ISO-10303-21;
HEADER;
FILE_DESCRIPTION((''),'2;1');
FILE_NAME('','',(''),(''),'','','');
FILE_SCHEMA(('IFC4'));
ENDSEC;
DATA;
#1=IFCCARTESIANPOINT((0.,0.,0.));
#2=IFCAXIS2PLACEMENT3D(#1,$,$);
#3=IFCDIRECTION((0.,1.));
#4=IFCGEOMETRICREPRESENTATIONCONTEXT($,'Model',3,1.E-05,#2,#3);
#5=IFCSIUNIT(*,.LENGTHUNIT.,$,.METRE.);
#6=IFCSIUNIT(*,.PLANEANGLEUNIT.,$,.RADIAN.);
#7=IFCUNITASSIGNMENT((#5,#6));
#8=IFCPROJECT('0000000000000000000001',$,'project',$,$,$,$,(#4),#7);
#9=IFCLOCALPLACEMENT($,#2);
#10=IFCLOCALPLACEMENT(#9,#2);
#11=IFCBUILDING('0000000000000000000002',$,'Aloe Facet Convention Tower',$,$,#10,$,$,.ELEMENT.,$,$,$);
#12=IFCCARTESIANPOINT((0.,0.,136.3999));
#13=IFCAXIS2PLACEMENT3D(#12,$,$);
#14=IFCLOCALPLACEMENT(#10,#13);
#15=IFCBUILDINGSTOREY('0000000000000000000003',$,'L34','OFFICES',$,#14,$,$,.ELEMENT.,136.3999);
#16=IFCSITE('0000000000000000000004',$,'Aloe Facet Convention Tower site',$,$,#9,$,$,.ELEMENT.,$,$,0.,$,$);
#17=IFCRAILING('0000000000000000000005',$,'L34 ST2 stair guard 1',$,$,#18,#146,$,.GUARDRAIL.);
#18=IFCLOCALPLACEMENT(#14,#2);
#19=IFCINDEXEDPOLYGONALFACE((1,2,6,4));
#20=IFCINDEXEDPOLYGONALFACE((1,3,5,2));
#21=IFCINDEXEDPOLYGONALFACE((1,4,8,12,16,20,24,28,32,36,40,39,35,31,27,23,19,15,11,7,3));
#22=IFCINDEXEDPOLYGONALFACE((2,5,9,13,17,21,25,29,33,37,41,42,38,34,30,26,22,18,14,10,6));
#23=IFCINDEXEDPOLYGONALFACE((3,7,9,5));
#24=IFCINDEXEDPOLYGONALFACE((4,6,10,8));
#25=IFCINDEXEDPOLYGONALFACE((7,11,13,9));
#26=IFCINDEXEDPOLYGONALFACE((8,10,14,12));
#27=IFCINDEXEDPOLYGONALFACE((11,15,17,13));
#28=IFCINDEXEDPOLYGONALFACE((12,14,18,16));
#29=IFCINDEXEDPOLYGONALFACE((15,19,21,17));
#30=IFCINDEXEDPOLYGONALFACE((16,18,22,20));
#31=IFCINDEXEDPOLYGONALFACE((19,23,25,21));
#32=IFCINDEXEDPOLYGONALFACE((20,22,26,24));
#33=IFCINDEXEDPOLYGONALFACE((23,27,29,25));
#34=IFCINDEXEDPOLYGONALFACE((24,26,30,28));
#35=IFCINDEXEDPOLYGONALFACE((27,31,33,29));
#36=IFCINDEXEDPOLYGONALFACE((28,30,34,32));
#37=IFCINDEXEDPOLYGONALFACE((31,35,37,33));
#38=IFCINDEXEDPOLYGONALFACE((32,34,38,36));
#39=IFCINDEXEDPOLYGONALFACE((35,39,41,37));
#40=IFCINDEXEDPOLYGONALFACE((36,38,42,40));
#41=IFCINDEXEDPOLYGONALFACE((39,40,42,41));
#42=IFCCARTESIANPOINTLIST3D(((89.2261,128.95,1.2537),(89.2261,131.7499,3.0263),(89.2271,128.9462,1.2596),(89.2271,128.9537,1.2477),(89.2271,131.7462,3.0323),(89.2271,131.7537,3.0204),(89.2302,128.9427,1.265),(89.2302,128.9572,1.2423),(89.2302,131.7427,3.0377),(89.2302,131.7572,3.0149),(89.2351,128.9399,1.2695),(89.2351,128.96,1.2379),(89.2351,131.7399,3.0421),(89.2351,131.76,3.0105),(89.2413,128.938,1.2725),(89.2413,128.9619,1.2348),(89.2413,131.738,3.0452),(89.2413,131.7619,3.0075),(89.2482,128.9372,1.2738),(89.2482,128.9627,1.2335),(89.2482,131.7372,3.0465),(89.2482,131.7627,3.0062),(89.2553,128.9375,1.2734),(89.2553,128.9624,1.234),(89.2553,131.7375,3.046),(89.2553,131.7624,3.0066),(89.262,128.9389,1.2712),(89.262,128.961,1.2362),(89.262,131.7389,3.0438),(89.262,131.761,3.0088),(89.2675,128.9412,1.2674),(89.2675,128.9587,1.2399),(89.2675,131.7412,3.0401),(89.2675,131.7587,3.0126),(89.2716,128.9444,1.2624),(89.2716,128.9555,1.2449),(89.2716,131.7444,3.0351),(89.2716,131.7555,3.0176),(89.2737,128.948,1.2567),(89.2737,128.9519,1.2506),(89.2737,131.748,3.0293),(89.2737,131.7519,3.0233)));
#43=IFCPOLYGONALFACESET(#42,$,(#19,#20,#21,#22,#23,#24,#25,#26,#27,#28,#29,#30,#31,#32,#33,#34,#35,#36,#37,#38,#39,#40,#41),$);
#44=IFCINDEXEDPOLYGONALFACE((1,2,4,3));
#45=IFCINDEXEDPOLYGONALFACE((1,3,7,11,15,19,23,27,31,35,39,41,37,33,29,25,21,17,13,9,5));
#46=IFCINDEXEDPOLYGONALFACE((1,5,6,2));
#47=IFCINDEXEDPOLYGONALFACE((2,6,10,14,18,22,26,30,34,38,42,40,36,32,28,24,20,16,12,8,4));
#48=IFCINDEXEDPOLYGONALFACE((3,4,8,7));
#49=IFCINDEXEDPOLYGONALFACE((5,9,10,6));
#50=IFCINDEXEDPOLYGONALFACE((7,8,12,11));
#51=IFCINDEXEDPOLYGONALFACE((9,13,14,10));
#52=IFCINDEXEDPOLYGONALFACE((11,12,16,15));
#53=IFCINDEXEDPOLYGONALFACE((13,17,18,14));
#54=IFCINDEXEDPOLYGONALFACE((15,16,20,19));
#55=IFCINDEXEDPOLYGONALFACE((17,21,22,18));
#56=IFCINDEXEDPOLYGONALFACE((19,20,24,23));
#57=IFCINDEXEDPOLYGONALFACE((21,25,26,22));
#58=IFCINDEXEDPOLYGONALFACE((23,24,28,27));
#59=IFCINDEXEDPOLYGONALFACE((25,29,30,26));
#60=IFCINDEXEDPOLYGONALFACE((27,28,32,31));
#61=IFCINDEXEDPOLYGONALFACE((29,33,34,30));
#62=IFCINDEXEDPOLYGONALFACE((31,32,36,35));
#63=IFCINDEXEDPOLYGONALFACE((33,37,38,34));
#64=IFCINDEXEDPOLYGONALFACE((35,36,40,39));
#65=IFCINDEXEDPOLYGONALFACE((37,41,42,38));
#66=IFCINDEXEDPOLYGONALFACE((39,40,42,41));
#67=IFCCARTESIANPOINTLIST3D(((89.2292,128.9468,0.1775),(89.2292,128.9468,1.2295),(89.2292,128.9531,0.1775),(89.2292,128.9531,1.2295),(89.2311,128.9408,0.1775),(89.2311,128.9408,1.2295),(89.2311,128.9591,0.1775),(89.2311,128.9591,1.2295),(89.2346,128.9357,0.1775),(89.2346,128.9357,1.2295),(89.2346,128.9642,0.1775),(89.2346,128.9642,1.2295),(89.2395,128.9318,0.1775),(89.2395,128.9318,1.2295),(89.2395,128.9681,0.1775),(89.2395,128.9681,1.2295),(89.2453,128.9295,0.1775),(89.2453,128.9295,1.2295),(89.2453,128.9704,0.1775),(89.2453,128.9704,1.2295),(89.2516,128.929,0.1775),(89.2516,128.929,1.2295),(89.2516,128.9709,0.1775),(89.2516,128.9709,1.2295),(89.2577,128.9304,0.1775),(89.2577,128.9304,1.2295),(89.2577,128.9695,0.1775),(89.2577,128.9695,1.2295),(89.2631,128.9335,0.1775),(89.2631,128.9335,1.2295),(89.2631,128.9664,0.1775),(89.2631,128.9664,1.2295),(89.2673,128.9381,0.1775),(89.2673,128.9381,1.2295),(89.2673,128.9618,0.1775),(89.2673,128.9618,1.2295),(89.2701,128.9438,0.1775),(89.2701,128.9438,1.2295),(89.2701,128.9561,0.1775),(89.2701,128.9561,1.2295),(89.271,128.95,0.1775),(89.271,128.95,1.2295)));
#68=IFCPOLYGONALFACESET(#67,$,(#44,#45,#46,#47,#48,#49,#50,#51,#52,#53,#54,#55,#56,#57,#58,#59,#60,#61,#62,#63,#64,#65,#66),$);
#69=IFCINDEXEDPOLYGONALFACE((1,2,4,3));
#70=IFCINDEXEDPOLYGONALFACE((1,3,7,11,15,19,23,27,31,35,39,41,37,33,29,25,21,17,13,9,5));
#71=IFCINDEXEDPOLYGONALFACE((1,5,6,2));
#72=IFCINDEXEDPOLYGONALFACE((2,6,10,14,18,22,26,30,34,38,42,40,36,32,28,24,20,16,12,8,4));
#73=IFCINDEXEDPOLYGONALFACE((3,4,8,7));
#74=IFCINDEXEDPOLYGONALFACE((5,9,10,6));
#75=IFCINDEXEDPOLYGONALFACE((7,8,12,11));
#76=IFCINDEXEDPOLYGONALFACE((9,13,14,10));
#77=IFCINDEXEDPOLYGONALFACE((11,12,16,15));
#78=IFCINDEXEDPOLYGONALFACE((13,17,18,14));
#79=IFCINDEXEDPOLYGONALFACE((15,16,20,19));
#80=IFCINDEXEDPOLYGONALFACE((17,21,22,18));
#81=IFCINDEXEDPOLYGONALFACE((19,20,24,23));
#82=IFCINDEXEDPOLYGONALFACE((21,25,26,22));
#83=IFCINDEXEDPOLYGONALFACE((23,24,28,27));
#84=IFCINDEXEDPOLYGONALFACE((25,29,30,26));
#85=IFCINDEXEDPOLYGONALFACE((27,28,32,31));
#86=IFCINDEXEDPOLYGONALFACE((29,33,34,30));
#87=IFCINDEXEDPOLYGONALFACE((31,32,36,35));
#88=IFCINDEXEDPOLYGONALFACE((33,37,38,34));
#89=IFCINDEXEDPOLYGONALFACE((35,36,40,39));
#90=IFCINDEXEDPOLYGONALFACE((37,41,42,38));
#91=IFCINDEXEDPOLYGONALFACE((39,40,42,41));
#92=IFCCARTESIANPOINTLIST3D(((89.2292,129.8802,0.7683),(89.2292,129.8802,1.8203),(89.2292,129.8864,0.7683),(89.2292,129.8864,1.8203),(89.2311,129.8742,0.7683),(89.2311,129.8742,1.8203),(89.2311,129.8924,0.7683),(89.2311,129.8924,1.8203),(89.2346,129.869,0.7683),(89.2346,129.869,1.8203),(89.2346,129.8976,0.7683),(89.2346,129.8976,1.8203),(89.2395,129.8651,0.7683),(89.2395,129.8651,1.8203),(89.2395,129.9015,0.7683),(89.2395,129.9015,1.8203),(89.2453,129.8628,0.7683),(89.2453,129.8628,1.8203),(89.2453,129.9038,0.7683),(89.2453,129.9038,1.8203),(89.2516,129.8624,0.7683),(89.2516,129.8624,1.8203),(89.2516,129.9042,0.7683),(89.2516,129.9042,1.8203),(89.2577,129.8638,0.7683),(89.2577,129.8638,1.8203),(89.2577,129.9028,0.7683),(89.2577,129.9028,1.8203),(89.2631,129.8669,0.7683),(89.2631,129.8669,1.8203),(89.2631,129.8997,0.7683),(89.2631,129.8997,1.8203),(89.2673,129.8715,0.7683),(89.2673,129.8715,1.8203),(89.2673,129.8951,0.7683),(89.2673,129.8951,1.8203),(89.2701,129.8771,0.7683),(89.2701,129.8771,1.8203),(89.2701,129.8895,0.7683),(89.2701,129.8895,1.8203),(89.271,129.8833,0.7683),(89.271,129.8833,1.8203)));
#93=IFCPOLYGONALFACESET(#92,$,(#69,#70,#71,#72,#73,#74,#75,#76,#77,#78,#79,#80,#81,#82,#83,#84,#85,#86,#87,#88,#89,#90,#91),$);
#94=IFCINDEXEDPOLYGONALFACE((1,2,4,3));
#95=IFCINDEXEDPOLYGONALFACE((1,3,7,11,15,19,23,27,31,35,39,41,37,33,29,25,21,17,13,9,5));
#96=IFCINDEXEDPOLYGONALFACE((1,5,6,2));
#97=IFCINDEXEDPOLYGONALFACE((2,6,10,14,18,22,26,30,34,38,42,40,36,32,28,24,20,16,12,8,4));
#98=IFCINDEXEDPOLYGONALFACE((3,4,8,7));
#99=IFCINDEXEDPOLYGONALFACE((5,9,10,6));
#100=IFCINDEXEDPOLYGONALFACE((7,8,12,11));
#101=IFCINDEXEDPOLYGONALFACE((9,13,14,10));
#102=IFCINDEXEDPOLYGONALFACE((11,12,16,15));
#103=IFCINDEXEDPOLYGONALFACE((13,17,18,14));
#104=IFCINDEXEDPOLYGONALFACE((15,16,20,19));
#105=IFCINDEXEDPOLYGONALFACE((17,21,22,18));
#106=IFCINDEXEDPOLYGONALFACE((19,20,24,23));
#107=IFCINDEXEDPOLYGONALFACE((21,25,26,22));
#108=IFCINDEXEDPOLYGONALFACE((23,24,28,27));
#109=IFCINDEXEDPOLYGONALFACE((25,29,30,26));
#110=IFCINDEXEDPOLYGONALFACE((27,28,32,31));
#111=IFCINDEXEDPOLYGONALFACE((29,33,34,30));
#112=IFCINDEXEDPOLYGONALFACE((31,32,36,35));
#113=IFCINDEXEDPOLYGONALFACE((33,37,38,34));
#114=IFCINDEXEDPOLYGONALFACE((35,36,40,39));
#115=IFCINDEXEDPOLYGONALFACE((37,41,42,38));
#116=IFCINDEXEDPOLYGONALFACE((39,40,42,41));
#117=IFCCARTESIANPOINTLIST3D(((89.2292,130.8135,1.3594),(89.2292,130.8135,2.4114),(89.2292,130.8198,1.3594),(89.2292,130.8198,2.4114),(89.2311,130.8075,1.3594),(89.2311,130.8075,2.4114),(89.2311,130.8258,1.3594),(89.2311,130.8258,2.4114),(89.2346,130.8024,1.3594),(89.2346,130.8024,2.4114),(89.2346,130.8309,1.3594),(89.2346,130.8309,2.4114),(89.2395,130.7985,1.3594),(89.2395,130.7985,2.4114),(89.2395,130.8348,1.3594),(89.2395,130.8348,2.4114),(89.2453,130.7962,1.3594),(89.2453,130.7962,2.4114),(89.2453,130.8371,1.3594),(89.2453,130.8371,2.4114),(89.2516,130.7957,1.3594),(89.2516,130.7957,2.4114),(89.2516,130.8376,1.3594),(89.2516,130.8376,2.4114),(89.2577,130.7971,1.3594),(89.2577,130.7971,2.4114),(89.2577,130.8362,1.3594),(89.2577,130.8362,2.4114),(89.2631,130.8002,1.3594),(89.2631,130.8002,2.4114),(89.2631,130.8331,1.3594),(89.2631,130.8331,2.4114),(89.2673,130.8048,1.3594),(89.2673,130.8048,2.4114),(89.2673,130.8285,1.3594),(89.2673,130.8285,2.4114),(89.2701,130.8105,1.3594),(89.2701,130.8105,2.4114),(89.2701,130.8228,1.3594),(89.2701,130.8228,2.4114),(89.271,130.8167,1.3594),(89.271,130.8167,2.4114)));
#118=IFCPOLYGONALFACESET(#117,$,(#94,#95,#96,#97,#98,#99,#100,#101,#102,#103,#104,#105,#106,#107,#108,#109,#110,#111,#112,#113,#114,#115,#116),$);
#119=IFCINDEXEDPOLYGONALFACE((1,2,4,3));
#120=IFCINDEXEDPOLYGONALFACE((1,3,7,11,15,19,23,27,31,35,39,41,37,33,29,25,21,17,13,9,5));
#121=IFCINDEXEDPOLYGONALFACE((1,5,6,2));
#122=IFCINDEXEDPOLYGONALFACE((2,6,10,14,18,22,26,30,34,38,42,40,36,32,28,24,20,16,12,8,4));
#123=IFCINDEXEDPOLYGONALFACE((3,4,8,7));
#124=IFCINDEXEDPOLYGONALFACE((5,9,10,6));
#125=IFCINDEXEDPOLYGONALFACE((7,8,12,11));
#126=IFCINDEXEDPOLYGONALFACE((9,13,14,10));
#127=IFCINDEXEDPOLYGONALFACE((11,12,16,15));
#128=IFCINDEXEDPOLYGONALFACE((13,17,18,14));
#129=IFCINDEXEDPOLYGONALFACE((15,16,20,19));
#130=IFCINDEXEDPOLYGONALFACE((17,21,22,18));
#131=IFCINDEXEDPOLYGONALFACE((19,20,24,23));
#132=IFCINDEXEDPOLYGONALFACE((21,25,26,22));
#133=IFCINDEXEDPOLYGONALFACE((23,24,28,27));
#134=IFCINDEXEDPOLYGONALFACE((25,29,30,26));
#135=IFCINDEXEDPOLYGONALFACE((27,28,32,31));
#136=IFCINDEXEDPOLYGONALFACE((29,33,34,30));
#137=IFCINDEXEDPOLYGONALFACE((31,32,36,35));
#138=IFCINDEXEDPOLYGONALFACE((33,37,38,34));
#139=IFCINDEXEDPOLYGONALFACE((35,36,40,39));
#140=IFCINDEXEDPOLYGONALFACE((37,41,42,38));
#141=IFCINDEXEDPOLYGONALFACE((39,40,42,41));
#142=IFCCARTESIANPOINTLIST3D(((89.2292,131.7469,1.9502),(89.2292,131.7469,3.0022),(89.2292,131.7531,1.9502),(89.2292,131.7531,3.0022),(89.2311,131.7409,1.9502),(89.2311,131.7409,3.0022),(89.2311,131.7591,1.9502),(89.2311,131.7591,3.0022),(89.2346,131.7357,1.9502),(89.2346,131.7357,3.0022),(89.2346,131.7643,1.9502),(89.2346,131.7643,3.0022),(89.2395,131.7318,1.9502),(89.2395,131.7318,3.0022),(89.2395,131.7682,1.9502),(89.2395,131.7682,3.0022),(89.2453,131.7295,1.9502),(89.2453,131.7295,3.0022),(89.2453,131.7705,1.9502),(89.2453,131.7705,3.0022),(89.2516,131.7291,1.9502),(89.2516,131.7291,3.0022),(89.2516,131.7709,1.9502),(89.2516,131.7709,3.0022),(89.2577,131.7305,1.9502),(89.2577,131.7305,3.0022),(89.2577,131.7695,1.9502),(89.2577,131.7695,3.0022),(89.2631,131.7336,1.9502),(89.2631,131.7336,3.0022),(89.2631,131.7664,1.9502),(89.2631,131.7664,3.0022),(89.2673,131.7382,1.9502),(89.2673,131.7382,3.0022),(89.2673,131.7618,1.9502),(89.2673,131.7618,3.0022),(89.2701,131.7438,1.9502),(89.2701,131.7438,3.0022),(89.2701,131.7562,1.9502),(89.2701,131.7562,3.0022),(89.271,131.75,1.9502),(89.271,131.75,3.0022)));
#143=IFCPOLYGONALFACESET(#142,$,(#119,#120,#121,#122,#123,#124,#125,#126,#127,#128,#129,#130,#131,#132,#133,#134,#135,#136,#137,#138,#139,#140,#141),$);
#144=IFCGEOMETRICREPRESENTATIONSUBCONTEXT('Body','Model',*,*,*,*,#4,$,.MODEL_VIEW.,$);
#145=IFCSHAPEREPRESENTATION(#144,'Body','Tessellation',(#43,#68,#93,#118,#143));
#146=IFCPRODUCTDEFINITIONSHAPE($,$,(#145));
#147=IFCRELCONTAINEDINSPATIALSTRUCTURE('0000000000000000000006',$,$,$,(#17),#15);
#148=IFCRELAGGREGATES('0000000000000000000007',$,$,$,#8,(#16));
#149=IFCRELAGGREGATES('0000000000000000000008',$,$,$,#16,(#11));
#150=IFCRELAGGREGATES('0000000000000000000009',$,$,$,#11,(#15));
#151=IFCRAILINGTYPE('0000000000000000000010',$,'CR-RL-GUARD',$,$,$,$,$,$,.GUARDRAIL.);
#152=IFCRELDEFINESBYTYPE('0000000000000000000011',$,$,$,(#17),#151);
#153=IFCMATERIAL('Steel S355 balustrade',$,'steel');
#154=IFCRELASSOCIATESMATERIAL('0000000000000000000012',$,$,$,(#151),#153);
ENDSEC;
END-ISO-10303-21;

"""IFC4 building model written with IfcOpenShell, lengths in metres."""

from ifc_helpers import new_model, si_unit, direction, frame, origin, origin_2d, place, context, subcontext, project, spatial, circle, extrude, material, type_object, element, save


model = new_model("IFC4")

# Units and contexts
model_context = context("Model", 3, precision=1e-05, world=origin(), true_north=direction((0.0, 1.0)))
body_context = subcontext(model_context, "Body", "Model", "MODEL_VIEW")
ifc_project = project(units=[si_unit("LENGTHUNIT", "METRE"), si_unit("PLANEANGLEUNIT", "RADIAN")], contexts=[model_context])

# Site, building, storey
site_placement = place(None, origin())
site = spatial("IfcSite", under=ifc_project, at=site_placement, Name="Aloe Facet Convention Tower site", CompositionType="ELEMENT", RefElevation=0.0)
building_placement = place(site_placement, origin())
building = spatial("IfcBuilding", under=site, at=building_placement, Name="Aloe Facet Convention Tower", CompositionType="ELEMENT")
storey_placement = place(building_placement, frame((0.0, 0.0, 136.3999)))
storey = spatial("IfcBuildingStorey", under=building, at=storey_placement, Name="L34", Description="OFFICES", CompositionType="ELEMENT", Elevation=136.3999)

# Railing
ifc_material_1 = material(Name="Steel S355 balustrade", Category="steel")
railing_type_1 = type_object("IfcRailingType", Name="CR-RL-GUARD", PredefinedType="GUARDRAIL", material=ifc_material_1)
railing_1_placement = place(storey_placement, frame((89.25, 128.95, 0.1775)))
element("IfcRailing", 1, at=railing_1_placement, inside=storey, type_object=railing_type_1, Name="L34 ST2 stair guard 1", PredefinedType="GUARDRAIL", context=body_context, shape_type="SweptSolid", body=[
    extrude(circle(Radius=0.0239, at=origin_2d()), frame((0.0, 0.0, 1.0762), z_axis=(0.0, 0.844909, 0.53491), x_axis=(-1.0, 0.0, 0.0)), (0.0, 0.0, 1.0), 3.314),
    extrude(circle(Radius=0.021, at=origin_2d()), origin(), (0.0, 0.0, 1.0), 1.052),
    extrude(circle(Radius=0.021, at=origin_2d()), frame((0.0, 0.9333, 0.5908)), (0.0, 0.0, 1.0), 1.052),
    extrude(circle(Radius=0.021, at=origin_2d()), frame((0.0, 1.8667, 1.1819)), (0.0, 0.0, 1.0), 1.052),
    extrude(circle(Radius=0.021, at=origin_2d()), frame((0.0, 2.8, 1.7727)), (0.0, 0.0, 1.0), 1.052),
])

save(model, "model.ifc")
